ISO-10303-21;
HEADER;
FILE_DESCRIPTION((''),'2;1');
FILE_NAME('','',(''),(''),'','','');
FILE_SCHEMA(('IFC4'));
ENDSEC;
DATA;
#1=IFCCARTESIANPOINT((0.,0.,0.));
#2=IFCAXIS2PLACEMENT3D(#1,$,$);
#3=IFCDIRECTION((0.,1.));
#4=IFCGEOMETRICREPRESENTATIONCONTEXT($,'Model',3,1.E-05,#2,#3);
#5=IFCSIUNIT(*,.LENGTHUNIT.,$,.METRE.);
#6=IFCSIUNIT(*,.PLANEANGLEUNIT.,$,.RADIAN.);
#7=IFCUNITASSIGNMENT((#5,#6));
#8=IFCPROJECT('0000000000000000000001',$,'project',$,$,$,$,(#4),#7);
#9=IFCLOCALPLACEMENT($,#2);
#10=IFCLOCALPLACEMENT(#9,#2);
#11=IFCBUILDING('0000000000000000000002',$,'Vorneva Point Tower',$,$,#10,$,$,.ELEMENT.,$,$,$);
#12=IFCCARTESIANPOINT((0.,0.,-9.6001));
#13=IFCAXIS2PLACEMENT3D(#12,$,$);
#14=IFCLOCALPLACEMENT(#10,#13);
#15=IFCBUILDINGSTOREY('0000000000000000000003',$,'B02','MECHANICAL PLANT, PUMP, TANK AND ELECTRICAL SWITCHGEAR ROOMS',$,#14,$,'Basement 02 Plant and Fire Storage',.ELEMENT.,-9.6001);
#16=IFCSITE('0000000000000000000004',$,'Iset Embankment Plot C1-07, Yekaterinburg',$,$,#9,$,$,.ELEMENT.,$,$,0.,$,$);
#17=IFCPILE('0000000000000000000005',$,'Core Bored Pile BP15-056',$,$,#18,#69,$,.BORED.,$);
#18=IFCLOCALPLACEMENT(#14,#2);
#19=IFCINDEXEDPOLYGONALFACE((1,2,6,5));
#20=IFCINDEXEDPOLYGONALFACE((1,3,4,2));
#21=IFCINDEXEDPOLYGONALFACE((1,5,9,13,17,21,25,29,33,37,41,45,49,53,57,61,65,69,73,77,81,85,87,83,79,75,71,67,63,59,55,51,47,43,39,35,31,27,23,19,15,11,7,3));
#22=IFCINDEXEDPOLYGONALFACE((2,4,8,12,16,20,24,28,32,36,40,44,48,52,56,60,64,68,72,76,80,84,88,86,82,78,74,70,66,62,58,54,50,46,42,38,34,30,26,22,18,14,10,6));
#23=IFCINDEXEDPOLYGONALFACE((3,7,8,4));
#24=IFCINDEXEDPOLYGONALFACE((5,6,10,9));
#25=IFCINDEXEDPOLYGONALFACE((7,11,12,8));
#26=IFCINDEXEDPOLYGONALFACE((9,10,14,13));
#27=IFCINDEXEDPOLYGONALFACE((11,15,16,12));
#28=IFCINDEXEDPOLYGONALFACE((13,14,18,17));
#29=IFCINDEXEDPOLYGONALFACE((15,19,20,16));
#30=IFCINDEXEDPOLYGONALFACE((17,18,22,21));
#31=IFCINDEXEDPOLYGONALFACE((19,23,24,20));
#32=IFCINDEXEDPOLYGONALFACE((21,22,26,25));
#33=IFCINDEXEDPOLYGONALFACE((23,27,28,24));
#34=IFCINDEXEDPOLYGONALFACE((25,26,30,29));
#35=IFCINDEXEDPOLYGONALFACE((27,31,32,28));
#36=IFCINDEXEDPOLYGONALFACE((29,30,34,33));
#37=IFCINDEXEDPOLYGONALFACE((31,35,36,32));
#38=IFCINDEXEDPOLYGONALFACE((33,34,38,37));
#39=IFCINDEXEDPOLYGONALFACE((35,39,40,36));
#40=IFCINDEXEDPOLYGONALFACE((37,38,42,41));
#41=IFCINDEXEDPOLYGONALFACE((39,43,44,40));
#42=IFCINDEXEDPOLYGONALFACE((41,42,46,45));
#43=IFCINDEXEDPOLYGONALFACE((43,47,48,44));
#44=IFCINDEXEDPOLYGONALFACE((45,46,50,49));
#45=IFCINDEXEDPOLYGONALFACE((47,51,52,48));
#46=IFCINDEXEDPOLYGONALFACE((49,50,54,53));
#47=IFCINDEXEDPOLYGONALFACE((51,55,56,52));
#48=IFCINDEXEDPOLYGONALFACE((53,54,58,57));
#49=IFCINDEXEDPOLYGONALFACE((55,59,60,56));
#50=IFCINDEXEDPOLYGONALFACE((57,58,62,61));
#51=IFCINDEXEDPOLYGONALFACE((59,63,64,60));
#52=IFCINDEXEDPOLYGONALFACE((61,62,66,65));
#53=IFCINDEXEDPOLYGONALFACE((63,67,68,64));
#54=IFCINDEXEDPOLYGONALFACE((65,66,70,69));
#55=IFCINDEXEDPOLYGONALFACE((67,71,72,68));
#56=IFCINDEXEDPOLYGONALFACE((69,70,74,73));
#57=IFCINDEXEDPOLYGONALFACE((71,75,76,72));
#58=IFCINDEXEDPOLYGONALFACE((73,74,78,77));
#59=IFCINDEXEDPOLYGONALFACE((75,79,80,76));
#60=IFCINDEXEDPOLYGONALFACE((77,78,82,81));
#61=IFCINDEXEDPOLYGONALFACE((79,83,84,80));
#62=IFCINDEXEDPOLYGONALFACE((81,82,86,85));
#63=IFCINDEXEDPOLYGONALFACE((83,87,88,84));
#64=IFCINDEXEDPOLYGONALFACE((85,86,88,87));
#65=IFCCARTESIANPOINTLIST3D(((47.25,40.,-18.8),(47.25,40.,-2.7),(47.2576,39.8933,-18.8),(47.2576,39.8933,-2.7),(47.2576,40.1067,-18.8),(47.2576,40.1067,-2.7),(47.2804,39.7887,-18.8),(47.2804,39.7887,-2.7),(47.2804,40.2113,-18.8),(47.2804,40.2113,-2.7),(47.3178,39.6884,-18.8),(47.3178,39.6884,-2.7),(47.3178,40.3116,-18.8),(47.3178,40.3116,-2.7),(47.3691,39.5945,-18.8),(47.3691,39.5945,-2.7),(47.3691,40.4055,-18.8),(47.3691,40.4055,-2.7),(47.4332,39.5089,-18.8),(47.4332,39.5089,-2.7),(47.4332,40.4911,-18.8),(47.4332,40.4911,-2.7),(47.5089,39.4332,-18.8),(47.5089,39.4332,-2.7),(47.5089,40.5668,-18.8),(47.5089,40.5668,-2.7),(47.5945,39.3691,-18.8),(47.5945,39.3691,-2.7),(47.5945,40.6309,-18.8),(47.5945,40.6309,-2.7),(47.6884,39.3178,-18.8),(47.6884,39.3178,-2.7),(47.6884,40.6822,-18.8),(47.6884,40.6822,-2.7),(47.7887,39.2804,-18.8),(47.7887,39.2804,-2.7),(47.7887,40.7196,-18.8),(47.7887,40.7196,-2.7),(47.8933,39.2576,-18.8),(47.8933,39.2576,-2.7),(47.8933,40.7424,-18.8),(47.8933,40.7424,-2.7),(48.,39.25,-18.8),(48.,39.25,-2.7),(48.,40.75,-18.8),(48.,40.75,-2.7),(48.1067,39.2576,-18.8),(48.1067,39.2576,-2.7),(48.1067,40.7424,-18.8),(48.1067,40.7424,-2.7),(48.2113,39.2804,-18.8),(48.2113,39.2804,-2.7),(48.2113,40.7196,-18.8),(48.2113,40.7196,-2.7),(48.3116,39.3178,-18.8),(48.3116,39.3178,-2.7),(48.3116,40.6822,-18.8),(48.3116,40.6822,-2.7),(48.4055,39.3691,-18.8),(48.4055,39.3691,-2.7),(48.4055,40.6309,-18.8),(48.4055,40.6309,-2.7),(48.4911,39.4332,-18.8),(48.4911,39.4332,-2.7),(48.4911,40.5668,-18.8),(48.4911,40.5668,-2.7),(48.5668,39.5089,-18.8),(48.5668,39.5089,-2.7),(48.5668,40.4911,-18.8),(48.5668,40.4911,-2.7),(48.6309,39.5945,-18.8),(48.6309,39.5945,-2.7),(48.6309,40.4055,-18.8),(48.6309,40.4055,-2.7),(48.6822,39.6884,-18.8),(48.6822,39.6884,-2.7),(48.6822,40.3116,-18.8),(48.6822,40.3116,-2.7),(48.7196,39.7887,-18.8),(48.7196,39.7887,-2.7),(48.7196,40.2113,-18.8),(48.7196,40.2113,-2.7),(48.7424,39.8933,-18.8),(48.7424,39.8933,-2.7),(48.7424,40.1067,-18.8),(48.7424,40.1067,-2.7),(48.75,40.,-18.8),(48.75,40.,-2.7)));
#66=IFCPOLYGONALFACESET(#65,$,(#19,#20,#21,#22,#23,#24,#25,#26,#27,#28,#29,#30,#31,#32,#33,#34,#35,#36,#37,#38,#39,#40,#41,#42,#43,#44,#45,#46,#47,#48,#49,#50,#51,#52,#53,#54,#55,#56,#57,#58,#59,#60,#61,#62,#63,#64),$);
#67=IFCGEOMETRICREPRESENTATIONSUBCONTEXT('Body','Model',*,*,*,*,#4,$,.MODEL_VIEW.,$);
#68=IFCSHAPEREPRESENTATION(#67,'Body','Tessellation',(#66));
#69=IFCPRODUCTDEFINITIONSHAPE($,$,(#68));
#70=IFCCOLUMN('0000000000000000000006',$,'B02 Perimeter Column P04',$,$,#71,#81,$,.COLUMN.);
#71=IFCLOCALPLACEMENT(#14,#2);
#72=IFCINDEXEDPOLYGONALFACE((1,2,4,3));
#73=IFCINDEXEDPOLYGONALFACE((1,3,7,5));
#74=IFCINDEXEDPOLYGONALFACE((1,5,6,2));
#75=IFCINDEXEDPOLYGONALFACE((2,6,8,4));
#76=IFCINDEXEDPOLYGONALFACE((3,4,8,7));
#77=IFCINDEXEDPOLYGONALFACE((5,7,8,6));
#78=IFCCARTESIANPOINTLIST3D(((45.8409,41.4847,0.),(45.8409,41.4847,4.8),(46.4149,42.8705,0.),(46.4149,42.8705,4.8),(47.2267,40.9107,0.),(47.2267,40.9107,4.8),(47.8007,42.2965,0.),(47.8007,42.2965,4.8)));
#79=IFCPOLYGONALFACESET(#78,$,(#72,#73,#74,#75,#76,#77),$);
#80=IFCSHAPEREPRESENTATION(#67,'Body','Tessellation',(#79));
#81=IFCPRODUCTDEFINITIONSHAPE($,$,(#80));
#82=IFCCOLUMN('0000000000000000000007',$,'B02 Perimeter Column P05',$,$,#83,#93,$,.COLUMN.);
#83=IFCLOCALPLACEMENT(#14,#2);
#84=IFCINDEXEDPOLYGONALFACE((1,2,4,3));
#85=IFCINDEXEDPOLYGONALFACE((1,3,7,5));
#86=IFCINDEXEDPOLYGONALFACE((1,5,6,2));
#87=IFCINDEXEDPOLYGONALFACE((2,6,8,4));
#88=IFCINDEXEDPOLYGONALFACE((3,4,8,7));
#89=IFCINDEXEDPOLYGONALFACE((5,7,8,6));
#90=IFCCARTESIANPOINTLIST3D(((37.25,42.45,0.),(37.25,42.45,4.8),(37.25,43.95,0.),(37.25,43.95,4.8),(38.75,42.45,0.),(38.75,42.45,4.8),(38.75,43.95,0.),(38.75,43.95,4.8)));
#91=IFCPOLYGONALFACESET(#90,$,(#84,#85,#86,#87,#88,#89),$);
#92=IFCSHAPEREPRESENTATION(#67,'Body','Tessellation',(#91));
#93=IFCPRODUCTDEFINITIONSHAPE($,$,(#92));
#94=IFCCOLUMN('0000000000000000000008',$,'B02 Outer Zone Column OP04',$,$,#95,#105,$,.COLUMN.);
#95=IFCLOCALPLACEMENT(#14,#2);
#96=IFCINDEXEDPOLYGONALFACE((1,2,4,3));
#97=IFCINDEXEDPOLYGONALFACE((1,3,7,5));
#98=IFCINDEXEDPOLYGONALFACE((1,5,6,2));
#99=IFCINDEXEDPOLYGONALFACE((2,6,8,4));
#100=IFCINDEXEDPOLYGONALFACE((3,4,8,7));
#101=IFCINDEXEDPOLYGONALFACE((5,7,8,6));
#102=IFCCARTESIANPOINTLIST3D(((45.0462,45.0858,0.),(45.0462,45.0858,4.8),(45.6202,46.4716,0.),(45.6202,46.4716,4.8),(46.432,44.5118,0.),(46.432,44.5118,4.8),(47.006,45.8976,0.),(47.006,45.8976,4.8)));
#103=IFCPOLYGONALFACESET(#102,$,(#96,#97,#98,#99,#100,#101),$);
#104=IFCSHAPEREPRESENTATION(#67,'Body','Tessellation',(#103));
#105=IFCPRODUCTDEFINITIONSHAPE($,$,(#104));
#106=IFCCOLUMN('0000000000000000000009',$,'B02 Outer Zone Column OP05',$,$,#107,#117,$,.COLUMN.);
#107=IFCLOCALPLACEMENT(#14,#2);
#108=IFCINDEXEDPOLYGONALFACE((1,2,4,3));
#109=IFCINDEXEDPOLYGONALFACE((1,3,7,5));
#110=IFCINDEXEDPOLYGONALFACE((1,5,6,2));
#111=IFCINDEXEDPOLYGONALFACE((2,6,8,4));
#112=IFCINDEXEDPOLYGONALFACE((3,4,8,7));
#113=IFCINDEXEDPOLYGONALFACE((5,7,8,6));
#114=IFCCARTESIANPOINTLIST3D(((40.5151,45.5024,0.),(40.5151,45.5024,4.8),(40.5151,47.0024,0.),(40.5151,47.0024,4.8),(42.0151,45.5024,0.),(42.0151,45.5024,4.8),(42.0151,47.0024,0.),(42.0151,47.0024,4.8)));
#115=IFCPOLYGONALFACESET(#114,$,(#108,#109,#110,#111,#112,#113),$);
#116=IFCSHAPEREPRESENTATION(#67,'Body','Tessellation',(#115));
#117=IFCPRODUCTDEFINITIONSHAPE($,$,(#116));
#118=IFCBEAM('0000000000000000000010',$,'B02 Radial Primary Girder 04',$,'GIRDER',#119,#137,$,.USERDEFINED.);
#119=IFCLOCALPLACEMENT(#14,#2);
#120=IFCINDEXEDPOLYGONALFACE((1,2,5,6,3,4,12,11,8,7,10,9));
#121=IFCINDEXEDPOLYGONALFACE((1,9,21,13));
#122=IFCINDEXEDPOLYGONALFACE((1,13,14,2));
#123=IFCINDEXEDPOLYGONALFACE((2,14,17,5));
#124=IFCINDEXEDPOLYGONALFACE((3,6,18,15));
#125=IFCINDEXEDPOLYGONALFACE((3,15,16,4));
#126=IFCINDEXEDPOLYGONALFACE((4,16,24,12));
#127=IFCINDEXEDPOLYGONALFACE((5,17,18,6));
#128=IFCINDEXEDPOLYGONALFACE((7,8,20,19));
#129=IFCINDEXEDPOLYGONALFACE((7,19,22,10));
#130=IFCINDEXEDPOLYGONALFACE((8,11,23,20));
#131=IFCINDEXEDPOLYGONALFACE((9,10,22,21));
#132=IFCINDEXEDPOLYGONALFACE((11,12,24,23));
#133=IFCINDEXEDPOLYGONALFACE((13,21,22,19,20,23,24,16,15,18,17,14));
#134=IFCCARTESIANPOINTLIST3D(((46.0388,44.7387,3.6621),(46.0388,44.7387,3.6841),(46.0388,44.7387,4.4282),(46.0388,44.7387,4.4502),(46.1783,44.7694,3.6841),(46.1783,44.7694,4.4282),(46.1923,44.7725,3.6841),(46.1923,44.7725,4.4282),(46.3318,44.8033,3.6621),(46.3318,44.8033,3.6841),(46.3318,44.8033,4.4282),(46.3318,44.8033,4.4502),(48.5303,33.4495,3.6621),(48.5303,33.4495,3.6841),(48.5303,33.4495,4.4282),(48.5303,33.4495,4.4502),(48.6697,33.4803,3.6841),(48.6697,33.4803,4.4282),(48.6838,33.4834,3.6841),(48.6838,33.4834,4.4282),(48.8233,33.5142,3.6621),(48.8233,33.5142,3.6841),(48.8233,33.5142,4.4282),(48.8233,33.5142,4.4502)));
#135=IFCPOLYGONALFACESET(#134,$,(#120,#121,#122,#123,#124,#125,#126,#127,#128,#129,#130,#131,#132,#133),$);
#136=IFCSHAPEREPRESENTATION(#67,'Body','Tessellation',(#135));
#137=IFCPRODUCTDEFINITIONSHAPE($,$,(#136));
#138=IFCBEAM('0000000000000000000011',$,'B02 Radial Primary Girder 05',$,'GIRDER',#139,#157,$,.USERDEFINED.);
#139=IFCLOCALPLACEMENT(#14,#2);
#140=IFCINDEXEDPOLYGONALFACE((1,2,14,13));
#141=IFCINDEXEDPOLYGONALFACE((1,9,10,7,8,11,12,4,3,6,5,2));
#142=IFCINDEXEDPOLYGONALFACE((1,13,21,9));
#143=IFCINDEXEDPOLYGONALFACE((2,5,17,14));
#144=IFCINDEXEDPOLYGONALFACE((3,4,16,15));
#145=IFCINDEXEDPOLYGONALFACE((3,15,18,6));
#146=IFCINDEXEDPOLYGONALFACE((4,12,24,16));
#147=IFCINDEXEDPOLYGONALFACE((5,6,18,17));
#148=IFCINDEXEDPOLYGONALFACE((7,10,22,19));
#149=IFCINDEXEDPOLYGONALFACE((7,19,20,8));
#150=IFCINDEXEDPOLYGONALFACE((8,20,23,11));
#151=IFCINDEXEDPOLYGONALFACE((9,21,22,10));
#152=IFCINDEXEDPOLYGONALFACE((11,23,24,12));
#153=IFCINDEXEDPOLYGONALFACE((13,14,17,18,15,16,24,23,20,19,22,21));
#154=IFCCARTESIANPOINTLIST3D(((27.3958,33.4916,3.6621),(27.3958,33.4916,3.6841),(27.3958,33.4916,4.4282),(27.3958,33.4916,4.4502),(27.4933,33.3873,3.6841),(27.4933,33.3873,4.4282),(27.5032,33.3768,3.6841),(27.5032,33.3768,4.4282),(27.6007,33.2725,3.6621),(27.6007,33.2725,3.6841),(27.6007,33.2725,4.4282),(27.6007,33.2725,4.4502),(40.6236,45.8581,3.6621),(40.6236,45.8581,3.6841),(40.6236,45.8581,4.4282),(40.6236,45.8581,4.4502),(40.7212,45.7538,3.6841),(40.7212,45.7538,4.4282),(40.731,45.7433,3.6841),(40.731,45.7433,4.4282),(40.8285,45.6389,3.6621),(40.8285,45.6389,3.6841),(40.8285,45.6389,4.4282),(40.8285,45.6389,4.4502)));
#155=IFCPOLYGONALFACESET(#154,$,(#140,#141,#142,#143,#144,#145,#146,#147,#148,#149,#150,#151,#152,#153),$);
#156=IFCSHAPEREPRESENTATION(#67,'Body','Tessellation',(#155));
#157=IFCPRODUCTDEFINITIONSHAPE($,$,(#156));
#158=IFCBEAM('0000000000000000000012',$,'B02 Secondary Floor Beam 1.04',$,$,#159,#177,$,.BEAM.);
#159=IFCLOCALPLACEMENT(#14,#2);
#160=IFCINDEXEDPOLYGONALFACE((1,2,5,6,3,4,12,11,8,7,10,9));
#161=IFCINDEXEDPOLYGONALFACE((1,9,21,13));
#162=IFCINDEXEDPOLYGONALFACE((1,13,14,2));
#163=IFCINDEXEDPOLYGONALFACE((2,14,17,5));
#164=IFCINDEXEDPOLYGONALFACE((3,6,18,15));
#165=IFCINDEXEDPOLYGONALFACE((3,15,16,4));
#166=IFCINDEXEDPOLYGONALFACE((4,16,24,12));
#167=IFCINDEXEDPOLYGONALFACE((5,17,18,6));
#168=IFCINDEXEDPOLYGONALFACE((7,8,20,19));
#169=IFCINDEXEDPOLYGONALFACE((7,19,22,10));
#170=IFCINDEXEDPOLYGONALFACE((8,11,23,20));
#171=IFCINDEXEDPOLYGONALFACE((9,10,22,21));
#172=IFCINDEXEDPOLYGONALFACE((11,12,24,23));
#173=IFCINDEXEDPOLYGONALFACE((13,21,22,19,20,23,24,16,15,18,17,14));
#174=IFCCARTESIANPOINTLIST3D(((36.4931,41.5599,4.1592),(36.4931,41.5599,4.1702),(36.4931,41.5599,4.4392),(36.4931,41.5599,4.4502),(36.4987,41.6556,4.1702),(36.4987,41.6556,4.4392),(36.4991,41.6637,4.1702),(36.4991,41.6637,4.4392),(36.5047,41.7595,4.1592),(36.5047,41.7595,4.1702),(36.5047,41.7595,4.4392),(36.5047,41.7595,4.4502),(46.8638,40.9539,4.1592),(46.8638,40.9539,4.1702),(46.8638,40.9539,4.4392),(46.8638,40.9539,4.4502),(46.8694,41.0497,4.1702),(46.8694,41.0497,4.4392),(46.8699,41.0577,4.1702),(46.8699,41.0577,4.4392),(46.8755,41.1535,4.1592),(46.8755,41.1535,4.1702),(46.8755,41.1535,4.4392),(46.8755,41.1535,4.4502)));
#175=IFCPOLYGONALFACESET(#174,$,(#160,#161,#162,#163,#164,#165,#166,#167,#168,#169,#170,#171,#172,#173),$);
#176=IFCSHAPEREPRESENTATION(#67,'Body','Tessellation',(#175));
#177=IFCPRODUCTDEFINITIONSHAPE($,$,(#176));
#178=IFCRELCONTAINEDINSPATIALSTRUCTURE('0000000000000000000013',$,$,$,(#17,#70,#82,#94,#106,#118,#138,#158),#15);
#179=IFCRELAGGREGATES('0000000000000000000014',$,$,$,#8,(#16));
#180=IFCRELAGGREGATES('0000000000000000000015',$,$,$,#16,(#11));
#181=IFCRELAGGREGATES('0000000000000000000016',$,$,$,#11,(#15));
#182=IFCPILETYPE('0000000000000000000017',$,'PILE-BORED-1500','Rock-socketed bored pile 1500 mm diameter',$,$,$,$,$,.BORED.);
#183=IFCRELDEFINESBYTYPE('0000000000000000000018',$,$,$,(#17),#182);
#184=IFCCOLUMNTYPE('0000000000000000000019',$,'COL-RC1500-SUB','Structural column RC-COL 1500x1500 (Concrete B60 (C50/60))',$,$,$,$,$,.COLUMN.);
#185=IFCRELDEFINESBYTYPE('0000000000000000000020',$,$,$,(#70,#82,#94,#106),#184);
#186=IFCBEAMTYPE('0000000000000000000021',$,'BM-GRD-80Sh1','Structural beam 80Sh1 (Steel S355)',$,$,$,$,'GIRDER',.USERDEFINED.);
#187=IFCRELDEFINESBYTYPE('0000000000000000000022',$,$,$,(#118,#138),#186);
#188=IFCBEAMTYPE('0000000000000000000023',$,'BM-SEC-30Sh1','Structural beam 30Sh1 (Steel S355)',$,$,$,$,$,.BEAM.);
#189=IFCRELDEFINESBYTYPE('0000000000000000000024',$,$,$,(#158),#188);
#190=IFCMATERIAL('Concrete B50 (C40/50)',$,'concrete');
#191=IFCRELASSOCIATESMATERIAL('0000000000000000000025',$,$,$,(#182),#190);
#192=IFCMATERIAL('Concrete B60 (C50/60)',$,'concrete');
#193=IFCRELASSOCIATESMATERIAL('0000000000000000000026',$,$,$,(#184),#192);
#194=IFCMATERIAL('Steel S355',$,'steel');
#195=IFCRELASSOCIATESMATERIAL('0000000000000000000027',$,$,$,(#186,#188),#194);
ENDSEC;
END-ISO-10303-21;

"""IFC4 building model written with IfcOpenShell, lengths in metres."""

from ifc_helpers import new_model, si_unit, direction, frame, origin, origin_2d, place, context, subcontext, project, spatial, rectangle, circle, i_section, extrude, material, material_profile, profile_set, type_object, element, save


model = new_model("IFC4")

# Units and contexts
model_context = context("Model", 3, precision=1e-05, world=origin(), true_north=direction((0.0, 1.0)))
body_context = subcontext(model_context, "Body", "Model", "MODEL_VIEW")
ifc_project = project(units=[si_unit("LENGTHUNIT", "METRE"), si_unit("PLANEANGLEUNIT", "RADIAN")], contexts=[model_context])

# Site, building, storey
site_placement = place(None, origin())
site = spatial("IfcSite", under=ifc_project, at=site_placement, Name="Iset Embankment Plot C1-07, Yekaterinburg", CompositionType="ELEMENT", RefElevation=0.0)
building_placement = place(site_placement, origin())
building = spatial("IfcBuilding", under=site, at=building_placement, Name="Vorneva Point Tower", CompositionType="ELEMENT")
storey_placement = place(building_placement, frame((0.0, 0.0, -9.6001)))
storey = spatial("IfcBuildingStorey", under=building, at=storey_placement, Name="B02", Description="MECHANICAL PLANT, PUMP, TANK AND ELECTRICAL SWITCHGEAR ROOMS", LongName="Basement 02 Plant and Fire Storage", CompositionType="ELEMENT", Elevation=-9.6001)

# Pile
ifc_material_1 = material(Name="Concrete B50 (C40/50)", Category="concrete")
ifc_material_profile_1 = material_profile(ifc_material_1, circle(Radius=0.75, at=origin_2d()), Name="PILE-1500")
ifc_profile_set_1 = profile_set([ifc_material_profile_1], Name="Concrete B50 (C40/50)")
pile_type_1 = type_object("IfcPileType", Name="PILE-BORED-1500", Description="Rock-socketed bored pile 1500 mm diameter", PredefinedType="BORED", material=ifc_profile_set_1)
for number, where, z_axis, x_axis, name in (
    (1, (48.0, 40.0, -2.7), (0.0, 0.0, -1.0), (1.0, 0.0, 0.0), "Core Bored Pile BP15-056"),
):
    element("IfcPile", number, at=place(storey_placement, frame(where, z_axis=z_axis, x_axis=x_axis)), inside=storey, type_object=pile_type_1, Name=name, PredefinedType="BORED", context=body_context, shape_type="SweptSolid", body=[
        extrude(circle(Radius=0.75, at=origin_2d()), origin(), (0.0, 0.0, 1.0), 16.1001),
    ])

# Columns
ifc_material_2 = material(Name="Concrete B60 (C50/60)", Category="concrete")
ifc_material_profile_2 = material_profile(ifc_material_2, rectangle(XDim=1.5, YDim=1.5, at=origin_2d()), Name="RC-COL 1500x1500")
ifc_profile_set_2 = profile_set([ifc_material_profile_2], Name="Concrete B60 (C50/60)")
column_type = type_object("IfcColumnType", Name="COL-RC1500-SUB", Description="Structural column RC-COL 1500x1500 (Concrete B60 (C50/60))", PredefinedType="COLUMN", material=ifc_profile_set_2)
for number, where, z_axis, x_axis, name in (
    (2, (46.8208, 41.8906, 0.0), (0.0, 0.0, 1.0), (0.382683, 0.92388, 0.0), "B02 Perimeter Column P04"),
    (3, (38.0, 43.2, 0.0), (0.0, 0.0, 1.0), (0.0, 1.0, 0.0), "B02 Perimeter Column P05"),
    (4, (46.0261, 45.4917, 0.0), (0.0, 0.0, 1.0), (0.382683, 0.92388, 0.0), "B02 Outer Zone Column OP04"),
    (5, (41.2651, 46.2524, 0.0), (0.0, 0.0, 1.0), (0.0, 1.0, 0.0), "B02 Outer Zone Column OP05"),
):
    element("IfcColumn", number, at=place(storey_placement, frame(where, z_axis=z_axis, x_axis=x_axis)), inside=storey, type_object=column_type, Name=name, PredefinedType="COLUMN", context=body_context, shape_type="SweptSolid", body=[
        extrude(rectangle(XDim=1.5, YDim=1.5, at=origin_2d()), origin(), (0.0, 0.0, 1.0), 4.8),
    ])

# Beams
ifc_material_3 = material(Name="Steel S355", Category="steel")
ifc_material_profile_3 = material_profile(ifc_material_3, i_section(OverallWidth=0.3, OverallDepth=0.7881, WebThickness=0.0144, FlangeThickness=0.022, at=origin_2d()), Name="80Sh1")
ifc_profile_set_3 = profile_set([ifc_material_profile_3], Name="Steel S355")
beam_type_1 = type_object("IfcBeamType", Name="BM-GRD-80Sh1", Description="Structural beam 80Sh1 (Steel S355)", ElementType="GIRDER", PredefinedType="USERDEFINED", material=ifc_profile_set_3)
beam_1_placement = place(storey_placement, frame((46.1853, 44.771, 4.0562), z_axis=(0.21551, -0.976502, 0.0), x_axis=(0.976502, 0.21551, 0.0)))
element("IfcBeam", 6, at=beam_1_placement, inside=storey, type_object=beam_type_1, Name="B02 Radial Primary Girder 04", ObjectType="GIRDER", PredefinedType="USERDEFINED", context=body_context, shape_type="SweptSolid", body=[
    extrude(i_section(OverallWidth=0.3, OverallDepth=0.7881, WebThickness=0.0144, FlangeThickness=0.022, at=origin_2d()), origin(), (0.0, 0.0, 1.0), 11.5608),
])
beam_2_placement = place(storey_placement, frame((40.7261, 45.7485, 4.0562), z_axis=(-0.73049, -0.682924, 0.0), x_axis=(0.682924, -0.73049, 0.0)))
element("IfcBeam", 7, at=beam_2_placement, inside=storey, type_object=beam_type_1, Name="B02 Radial Primary Girder 05", ObjectType="GIRDER", PredefinedType="USERDEFINED", context=body_context, shape_type="SweptSolid", body=[
    extrude(i_section(OverallWidth=0.3, OverallDepth=0.7881, WebThickness=0.0144, FlangeThickness=0.022, at=origin_2d()), origin(), (0.0, 0.0, 1.0), 18.1082),
])
ifc_material_profile_4 = material_profile(ifc_material_3, i_section(OverallWidth=0.2, OverallDepth=0.291, WebThickness=0.0081, FlangeThickness=0.011, at=origin_2d()), Name="30Sh1")
ifc_profile_set_4 = profile_set([ifc_material_profile_4], Name="Steel S355")
beam_type_2 = type_object("IfcBeamType", Name="BM-SEC-30Sh1", Description="Structural beam 30Sh1 (Steel S355)", PredefinedType="BEAM", material=ifc_profile_set_4)
beam_3_placement = place(storey_placement, frame((46.8696, 41.0537, 4.3047), z_axis=(-0.998297, 0.058329, 0.0), x_axis=(-0.058329, -0.998297, 0.0)))
element("IfcBeam", 8, at=beam_3_placement, inside=storey, type_object=beam_type_2, Name="B02 Secondary Floor Beam 1.04", PredefinedType="BEAM", context=body_context, shape_type="SweptSolid", body=[
    extrude(i_section(OverallWidth=0.2, OverallDepth=0.291, WebThickness=0.0081, FlangeThickness=0.011, at=origin_2d()), origin(), (0.0, 0.0, 1.0), 10.3884),
])

save(model, "model.ifc")
